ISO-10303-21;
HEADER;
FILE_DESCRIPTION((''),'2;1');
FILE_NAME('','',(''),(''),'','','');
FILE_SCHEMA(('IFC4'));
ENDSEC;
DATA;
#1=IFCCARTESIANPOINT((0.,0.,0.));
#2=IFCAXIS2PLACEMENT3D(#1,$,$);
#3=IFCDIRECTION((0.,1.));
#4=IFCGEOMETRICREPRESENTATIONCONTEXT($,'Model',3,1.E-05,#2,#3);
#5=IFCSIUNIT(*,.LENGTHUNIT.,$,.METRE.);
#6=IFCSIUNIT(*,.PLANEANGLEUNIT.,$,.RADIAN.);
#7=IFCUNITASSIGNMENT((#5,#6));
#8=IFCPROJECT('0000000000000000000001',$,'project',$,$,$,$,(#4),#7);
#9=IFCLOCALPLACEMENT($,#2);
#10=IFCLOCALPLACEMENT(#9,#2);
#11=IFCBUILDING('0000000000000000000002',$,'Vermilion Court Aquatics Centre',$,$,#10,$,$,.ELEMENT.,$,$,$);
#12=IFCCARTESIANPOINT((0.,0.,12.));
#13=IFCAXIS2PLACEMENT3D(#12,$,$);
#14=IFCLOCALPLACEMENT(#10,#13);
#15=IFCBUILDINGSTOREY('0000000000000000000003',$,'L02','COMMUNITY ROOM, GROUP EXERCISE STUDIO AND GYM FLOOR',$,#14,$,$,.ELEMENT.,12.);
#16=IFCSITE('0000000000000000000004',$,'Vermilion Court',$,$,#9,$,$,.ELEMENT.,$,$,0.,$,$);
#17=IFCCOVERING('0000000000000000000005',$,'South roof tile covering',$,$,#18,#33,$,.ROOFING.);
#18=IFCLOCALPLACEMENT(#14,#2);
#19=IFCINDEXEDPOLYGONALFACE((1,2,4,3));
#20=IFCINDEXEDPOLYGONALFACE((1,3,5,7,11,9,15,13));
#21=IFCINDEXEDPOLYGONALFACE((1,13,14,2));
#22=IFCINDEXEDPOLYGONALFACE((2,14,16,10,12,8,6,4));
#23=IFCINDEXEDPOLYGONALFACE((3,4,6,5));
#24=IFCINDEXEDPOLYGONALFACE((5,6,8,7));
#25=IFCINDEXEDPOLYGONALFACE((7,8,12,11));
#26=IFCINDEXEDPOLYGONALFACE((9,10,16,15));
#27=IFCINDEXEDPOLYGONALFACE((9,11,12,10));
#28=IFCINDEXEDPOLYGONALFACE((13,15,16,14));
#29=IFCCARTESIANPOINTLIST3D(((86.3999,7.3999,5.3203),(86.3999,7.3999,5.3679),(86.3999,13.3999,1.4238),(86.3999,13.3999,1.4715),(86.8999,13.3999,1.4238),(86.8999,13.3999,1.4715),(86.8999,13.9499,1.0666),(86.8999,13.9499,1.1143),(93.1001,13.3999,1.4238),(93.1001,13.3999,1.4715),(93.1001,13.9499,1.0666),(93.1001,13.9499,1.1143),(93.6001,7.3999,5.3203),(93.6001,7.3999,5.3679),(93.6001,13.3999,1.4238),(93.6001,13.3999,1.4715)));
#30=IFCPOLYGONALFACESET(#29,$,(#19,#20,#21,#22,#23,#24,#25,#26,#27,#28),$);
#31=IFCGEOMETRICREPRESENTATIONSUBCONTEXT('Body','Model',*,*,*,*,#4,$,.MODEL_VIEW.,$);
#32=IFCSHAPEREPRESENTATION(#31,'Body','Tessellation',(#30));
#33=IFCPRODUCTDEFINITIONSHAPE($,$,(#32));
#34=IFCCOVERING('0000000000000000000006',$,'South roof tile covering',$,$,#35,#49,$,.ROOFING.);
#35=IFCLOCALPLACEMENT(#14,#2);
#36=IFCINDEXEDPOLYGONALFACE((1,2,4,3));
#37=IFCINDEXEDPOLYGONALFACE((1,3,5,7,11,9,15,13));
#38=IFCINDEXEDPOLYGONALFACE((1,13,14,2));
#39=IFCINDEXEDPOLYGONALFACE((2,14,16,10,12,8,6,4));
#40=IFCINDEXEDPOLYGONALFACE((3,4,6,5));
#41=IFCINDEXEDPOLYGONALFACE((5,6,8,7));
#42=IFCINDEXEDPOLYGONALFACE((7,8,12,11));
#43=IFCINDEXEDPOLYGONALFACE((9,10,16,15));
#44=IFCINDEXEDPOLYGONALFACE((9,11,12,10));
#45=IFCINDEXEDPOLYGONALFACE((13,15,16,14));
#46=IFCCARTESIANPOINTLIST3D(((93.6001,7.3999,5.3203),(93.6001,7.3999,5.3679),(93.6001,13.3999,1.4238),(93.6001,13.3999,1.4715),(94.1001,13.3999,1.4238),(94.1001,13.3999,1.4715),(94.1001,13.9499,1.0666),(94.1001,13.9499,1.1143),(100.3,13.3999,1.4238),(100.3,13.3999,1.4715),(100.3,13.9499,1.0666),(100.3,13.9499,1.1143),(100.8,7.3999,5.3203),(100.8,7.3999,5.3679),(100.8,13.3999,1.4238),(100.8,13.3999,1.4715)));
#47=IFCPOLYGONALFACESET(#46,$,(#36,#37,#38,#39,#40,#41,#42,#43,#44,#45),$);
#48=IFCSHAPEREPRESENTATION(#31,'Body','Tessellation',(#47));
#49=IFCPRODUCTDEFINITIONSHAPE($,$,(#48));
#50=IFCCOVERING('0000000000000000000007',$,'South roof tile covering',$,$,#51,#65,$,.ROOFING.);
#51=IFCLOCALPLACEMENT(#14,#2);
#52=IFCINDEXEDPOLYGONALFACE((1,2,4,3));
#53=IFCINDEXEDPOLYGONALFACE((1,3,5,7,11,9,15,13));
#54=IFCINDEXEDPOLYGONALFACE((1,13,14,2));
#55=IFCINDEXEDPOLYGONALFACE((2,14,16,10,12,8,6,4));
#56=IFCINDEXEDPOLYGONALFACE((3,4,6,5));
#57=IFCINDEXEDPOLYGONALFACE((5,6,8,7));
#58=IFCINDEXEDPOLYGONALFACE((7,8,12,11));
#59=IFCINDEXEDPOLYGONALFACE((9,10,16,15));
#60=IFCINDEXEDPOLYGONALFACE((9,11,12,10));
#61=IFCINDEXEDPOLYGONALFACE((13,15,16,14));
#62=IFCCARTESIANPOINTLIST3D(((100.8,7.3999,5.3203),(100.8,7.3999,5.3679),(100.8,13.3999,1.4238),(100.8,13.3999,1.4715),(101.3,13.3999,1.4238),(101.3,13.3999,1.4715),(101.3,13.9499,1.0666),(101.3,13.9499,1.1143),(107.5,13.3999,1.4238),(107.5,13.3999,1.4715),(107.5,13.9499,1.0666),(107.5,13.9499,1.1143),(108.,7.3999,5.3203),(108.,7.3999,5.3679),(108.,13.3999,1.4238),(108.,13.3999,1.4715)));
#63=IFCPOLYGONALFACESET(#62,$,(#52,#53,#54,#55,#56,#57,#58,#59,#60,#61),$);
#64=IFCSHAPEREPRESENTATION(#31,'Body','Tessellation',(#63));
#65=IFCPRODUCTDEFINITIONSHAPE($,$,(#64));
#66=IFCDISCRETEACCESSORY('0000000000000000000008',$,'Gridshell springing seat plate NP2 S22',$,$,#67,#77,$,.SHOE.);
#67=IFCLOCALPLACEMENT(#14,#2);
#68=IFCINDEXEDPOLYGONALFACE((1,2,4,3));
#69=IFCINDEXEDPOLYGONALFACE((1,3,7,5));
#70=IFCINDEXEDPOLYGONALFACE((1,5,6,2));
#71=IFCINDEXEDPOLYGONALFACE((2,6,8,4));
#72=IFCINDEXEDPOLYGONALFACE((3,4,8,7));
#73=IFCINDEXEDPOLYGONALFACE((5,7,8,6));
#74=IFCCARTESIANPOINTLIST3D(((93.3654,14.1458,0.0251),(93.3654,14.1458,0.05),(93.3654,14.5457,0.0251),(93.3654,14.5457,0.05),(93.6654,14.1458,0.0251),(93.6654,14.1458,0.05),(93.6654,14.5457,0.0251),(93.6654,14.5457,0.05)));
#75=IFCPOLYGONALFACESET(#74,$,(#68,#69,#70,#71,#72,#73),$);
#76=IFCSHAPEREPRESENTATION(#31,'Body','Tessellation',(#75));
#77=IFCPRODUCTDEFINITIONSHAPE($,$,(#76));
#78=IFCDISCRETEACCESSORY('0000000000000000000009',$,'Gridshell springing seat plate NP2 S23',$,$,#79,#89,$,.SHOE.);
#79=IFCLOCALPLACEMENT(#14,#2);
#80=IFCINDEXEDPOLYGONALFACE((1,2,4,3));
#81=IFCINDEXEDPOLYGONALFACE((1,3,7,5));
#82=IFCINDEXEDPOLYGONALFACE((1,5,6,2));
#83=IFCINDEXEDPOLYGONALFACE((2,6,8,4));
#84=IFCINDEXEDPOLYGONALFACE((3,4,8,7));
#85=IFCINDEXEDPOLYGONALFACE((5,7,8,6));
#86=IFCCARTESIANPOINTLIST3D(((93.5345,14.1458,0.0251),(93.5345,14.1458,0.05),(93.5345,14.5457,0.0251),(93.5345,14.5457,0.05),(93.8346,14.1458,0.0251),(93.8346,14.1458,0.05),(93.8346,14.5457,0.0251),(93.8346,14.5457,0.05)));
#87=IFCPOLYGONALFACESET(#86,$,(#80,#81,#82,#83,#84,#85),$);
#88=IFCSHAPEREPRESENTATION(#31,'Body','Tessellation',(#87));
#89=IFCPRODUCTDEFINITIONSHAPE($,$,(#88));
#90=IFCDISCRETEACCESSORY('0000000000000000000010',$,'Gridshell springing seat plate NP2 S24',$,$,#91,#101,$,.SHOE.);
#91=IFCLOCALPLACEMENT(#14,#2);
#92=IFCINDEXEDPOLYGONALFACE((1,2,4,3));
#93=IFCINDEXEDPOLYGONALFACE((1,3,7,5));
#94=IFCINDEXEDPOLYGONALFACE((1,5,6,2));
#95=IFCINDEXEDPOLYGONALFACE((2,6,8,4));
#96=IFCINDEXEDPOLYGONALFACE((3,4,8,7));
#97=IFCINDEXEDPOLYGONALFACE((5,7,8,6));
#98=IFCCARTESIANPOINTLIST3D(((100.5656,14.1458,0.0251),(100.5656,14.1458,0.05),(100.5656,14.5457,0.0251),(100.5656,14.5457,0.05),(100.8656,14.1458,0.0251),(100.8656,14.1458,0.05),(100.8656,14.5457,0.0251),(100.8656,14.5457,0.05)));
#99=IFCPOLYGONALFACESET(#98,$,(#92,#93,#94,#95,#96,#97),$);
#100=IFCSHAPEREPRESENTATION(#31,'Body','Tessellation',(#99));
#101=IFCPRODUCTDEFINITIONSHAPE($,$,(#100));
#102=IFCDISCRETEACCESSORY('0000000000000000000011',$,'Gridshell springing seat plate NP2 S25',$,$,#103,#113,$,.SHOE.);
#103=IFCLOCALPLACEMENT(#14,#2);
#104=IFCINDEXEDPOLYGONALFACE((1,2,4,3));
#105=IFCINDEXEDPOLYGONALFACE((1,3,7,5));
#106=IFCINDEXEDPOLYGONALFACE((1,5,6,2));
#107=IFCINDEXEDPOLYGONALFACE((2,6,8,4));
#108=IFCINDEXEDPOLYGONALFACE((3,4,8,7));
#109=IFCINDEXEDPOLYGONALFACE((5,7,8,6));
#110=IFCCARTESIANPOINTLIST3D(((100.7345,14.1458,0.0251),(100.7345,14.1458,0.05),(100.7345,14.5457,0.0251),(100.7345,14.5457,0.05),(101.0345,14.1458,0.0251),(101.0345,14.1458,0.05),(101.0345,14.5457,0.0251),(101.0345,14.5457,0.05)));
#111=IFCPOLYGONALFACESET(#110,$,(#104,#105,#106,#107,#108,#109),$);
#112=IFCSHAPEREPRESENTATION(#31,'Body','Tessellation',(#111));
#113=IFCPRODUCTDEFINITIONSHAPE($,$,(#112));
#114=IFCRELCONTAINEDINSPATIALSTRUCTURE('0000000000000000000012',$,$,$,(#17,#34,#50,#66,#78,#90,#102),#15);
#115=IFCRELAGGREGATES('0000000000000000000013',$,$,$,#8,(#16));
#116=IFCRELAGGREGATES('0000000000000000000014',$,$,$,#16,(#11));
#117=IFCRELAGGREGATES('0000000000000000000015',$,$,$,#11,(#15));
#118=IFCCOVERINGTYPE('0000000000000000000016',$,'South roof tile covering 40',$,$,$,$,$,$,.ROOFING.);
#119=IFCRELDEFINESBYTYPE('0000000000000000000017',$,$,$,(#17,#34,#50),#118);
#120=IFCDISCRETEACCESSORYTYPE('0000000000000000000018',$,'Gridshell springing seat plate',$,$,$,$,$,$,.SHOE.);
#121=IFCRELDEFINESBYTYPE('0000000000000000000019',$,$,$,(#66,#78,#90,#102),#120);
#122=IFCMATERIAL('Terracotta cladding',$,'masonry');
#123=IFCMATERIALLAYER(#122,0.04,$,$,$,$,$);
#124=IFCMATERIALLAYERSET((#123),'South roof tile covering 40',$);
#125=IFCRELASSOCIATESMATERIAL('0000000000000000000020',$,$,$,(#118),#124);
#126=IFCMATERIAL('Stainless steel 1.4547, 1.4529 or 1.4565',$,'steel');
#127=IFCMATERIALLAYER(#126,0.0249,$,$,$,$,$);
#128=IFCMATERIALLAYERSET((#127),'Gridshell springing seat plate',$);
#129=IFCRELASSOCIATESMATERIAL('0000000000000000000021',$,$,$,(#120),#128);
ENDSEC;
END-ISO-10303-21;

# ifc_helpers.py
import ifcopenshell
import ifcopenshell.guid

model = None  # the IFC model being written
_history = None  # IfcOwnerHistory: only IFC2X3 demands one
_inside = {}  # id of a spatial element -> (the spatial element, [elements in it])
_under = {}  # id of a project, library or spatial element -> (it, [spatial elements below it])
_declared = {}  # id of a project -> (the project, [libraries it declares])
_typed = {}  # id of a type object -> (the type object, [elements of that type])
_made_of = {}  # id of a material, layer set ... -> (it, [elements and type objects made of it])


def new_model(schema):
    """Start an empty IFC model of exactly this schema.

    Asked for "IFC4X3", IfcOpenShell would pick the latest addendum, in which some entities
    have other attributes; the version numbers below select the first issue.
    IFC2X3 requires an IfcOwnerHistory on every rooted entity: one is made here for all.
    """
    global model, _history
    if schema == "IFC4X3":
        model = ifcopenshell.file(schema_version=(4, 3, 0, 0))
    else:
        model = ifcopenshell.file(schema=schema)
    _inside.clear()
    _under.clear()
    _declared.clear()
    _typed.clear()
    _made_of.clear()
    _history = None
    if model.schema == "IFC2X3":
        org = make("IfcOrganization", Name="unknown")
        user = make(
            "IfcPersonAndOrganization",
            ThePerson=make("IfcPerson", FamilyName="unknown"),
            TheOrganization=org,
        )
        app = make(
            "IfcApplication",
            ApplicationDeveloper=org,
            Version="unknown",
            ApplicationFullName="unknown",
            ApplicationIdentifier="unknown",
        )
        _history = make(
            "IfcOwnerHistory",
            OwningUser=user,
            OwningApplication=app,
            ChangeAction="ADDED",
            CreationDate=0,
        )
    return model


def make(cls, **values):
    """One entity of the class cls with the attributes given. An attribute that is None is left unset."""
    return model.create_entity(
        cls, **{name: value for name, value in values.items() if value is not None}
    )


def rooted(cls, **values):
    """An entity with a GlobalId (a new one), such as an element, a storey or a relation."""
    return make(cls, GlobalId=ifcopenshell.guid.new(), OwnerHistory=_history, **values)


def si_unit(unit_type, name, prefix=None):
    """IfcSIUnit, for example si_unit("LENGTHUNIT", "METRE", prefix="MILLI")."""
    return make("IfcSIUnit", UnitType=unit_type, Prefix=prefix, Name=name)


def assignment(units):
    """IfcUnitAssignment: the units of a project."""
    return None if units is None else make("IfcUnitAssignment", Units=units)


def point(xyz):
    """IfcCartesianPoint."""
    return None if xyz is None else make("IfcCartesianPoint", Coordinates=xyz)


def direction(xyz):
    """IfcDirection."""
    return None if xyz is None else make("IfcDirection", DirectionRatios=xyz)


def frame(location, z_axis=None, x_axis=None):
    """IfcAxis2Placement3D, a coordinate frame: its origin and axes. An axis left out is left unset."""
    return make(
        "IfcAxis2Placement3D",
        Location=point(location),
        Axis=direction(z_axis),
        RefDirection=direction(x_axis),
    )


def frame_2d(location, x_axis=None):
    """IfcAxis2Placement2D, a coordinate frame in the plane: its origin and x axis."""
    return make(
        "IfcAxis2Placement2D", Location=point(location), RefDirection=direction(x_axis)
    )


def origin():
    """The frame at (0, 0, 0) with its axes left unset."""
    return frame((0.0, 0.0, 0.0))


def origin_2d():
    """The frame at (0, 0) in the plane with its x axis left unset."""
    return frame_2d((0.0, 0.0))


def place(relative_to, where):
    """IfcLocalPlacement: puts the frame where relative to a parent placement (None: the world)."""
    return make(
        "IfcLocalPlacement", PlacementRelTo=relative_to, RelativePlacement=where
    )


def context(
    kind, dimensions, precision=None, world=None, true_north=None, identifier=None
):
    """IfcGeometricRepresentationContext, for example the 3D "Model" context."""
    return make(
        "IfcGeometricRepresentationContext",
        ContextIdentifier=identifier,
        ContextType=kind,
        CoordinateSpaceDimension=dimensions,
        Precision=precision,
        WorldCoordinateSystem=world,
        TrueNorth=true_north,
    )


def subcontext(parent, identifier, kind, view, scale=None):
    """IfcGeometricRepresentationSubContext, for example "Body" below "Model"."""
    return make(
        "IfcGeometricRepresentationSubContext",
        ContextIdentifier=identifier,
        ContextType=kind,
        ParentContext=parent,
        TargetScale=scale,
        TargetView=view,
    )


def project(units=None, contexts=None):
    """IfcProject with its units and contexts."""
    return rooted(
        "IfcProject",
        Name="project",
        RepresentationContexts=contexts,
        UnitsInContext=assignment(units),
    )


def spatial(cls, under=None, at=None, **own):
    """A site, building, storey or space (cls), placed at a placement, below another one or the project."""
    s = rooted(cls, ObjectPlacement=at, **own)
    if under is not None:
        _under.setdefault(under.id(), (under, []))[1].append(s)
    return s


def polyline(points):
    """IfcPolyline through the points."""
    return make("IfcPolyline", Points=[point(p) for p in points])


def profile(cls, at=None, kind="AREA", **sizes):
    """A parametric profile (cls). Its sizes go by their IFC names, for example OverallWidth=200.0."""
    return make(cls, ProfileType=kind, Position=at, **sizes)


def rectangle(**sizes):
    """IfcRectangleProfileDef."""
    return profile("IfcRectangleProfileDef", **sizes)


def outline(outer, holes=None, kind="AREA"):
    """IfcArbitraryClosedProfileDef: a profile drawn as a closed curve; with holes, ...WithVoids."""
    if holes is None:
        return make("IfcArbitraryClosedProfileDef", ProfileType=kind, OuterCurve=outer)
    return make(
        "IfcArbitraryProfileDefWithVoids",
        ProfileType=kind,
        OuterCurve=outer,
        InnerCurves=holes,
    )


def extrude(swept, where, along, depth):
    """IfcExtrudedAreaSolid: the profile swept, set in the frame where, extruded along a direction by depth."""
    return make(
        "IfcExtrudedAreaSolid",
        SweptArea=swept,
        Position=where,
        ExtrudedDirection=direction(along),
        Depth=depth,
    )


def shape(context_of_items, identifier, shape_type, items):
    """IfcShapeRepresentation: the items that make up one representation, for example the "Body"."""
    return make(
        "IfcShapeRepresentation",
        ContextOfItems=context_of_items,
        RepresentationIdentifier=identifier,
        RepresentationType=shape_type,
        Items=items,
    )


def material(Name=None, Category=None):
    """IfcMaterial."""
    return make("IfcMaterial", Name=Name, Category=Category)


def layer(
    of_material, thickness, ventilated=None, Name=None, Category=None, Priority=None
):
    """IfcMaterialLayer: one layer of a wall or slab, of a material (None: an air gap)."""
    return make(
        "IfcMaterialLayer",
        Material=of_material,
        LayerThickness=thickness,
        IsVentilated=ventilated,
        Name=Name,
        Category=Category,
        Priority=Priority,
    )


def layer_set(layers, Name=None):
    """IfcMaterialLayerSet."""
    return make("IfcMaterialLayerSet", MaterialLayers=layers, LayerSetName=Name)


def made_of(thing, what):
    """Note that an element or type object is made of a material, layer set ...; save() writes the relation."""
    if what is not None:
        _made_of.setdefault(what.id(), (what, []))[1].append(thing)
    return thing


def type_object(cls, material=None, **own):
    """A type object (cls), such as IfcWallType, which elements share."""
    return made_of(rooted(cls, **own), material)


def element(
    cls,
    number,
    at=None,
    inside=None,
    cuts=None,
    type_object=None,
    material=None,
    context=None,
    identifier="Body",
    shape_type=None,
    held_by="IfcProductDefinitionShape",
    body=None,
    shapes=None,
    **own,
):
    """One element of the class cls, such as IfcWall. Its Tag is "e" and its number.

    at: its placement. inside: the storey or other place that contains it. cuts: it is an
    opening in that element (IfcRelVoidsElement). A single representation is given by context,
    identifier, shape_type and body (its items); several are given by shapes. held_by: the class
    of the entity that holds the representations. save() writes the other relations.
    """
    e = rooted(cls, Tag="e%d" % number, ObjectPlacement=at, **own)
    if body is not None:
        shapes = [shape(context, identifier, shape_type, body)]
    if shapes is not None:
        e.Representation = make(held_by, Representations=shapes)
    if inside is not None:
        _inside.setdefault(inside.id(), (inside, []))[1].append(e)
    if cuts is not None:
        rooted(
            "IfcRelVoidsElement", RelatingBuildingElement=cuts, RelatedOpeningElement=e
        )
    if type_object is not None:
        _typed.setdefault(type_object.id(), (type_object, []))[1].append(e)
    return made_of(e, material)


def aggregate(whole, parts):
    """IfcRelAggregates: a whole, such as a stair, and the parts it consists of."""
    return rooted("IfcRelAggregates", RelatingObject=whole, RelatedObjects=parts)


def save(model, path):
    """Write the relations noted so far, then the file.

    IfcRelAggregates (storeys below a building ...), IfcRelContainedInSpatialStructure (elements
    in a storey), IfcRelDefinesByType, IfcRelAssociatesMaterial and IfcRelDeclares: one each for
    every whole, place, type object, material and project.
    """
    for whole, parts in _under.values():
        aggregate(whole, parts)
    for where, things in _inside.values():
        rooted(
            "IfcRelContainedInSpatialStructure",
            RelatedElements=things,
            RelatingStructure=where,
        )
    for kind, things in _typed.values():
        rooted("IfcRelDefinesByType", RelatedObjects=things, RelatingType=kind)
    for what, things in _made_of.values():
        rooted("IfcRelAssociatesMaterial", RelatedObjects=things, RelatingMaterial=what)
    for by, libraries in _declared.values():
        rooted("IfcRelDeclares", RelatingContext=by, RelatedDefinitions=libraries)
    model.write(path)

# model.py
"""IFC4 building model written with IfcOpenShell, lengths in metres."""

from ifc_helpers import new_model, si_unit, direction, frame, origin, origin_2d, place, context, subcontext, project, spatial, polyline, rectangle, outline, extrude, material, layer, layer_set, type_object, element, save


model = new_model("IFC4")

# Units and contexts
model_context = context("Model", 3, precision=1e-05, world=origin(), true_north=direction((0.0, 1.0)))
body_context = subcontext(model_context, "Body", "Model", "MODEL_VIEW")
ifc_project = project(units=[si_unit("LENGTHUNIT", "METRE"), si_unit("PLANEANGLEUNIT", "RADIAN")], contexts=[model_context])

# Site, building, storey
site_placement = place(None, origin())
site = spatial("IfcSite", under=ifc_project, at=site_placement, Name="Vermilion Court", CompositionType="ELEMENT", RefElevation=0.0)
building_placement = place(site_placement, origin())
building = spatial("IfcBuilding", under=site, at=building_placement, Name="Vermilion Court Aquatics Centre", CompositionType="ELEMENT")
storey_placement = place(building_placement, frame((0.0, 0.0, 12.0)))
storey = spatial("IfcBuildingStorey", under=building, at=storey_placement, Name="L02", Description="COMMUNITY ROOM, GROUP EXERCISE STUDIO AND GYM FLOOR", CompositionType="ELEMENT", Elevation=12.0)

# Coverings
ifc_material_1 = material(Name="Terracotta cladding", Category="masonry")
ifc_layer_1 = layer(ifc_material_1, 0.04)
ifc_layer_set_1 = layer_set([ifc_layer_1], Name="South roof tile covering 40")
covering_type = type_object("IfcCoveringType", Name="South roof tile covering 40", PredefinedType="ROOFING", material=ifc_layer_set_1)
covering_placement = place(storey_placement, frame((93.6001, 7.3999, 5.3679), z_axis=(0.0, 0.54464, 0.83867), x_axis=(-1.0, 0.0, 0.0)))
element("IfcCovering", 1, at=covering_placement, inside=storey, type_object=covering_type, Name="South roof tile covering", PredefinedType="ROOFING", context=body_context, shape_type="SweptSolid", body=[
    extrude(outline(polyline([(0.0, 0.0), (7.2002, 0.0), (7.2002, -7.1542), (6.7002, -7.1542), (6.7002, -7.81), (0.5, -7.81), (0.5, -7.1542), (0.0, -7.1542), (0.0, 0.0)])), origin(), (0.0, -0.54464, -0.83867), 0.0476),
])
for number, where, z_axis, x_axis, name in (
    (2, (100.8, 7.3999, 5.3679), (0.0, 0.54464, 0.83867), (-1.0, 0.0, 0.0), "South roof tile covering"),
    (3, (108.0, 7.3999, 5.3679), (0.0, 0.54464, 0.83867), (-1.0, 0.0, 0.0), "South roof tile covering"),
):
    element("IfcCovering", number, at=place(storey_placement, frame(where, z_axis=z_axis, x_axis=x_axis)), inside=storey, type_object=covering_type, Name=name, PredefinedType="ROOFING", context=body_context, shape_type="SweptSolid", body=[
        extrude(outline(polyline([(0.0, 0.0), (7.2, 0.0), (7.2, -7.1542), (6.7, -7.1542), (6.7, -7.81), (0.5, -7.81), (0.5, -7.1542), (0.0, -7.1542), (0.0, 0.0)])), origin(), (0.0, -0.54464, -0.83867), 0.0476),
    ])

# Discrete accessories
ifc_material_2 = material(Name="Stainless steel 1.4547, 1.4529 or 1.4565", Category="steel")
ifc_layer_2 = layer(ifc_material_2, 0.0249)
ifc_layer_set_2 = layer_set([ifc_layer_2], Name="Gridshell springing seat plate")
discrete_accessory_type = type_object("IfcDiscreteAccessoryType", Name="Gridshell springing seat plate", PredefinedType="SHOE", material=ifc_layer_set_2)
for number, where, z_axis, x_axis, name in (
    (4, (93.5154, 14.3457, 0.0251), (0.0, 0.0, 1.0), (1.0, 0.0, 0.0), "Gridshell springing seat plate NP2 S22"),
    (5, (93.6846, 14.3457, 0.0251), (0.0, 0.0, 1.0), (1.0, 0.0, 0.0), "Gridshell springing seat plate NP2 S23"),
    (6, (100.7156, 14.3457, 0.0251), (0.0, 0.0, 1.0), (1.0, 0.0, 0.0), "Gridshell springing seat plate NP2 S24"),
    (7, (100.8845, 14.3457, 0.0251), (0.0, 0.0, 1.0), (1.0, 0.0, 0.0), "Gridshell springing seat plate NP2 S25"),
):
    element("IfcDiscreteAccessory", number, at=place(storey_placement, frame(where, z_axis=z_axis, x_axis=x_axis)), inside=storey, type_object=discrete_accessory_type, Name=name, PredefinedType="SHOE", context=body_context, shape_type="SweptSolid", body=[
        extrude(rectangle(XDim=0.3, YDim=0.3999, at=origin_2d()), origin(), (0.0, 0.0, 1.0), 0.0249),
    ])

save(model, "model.ifc")
